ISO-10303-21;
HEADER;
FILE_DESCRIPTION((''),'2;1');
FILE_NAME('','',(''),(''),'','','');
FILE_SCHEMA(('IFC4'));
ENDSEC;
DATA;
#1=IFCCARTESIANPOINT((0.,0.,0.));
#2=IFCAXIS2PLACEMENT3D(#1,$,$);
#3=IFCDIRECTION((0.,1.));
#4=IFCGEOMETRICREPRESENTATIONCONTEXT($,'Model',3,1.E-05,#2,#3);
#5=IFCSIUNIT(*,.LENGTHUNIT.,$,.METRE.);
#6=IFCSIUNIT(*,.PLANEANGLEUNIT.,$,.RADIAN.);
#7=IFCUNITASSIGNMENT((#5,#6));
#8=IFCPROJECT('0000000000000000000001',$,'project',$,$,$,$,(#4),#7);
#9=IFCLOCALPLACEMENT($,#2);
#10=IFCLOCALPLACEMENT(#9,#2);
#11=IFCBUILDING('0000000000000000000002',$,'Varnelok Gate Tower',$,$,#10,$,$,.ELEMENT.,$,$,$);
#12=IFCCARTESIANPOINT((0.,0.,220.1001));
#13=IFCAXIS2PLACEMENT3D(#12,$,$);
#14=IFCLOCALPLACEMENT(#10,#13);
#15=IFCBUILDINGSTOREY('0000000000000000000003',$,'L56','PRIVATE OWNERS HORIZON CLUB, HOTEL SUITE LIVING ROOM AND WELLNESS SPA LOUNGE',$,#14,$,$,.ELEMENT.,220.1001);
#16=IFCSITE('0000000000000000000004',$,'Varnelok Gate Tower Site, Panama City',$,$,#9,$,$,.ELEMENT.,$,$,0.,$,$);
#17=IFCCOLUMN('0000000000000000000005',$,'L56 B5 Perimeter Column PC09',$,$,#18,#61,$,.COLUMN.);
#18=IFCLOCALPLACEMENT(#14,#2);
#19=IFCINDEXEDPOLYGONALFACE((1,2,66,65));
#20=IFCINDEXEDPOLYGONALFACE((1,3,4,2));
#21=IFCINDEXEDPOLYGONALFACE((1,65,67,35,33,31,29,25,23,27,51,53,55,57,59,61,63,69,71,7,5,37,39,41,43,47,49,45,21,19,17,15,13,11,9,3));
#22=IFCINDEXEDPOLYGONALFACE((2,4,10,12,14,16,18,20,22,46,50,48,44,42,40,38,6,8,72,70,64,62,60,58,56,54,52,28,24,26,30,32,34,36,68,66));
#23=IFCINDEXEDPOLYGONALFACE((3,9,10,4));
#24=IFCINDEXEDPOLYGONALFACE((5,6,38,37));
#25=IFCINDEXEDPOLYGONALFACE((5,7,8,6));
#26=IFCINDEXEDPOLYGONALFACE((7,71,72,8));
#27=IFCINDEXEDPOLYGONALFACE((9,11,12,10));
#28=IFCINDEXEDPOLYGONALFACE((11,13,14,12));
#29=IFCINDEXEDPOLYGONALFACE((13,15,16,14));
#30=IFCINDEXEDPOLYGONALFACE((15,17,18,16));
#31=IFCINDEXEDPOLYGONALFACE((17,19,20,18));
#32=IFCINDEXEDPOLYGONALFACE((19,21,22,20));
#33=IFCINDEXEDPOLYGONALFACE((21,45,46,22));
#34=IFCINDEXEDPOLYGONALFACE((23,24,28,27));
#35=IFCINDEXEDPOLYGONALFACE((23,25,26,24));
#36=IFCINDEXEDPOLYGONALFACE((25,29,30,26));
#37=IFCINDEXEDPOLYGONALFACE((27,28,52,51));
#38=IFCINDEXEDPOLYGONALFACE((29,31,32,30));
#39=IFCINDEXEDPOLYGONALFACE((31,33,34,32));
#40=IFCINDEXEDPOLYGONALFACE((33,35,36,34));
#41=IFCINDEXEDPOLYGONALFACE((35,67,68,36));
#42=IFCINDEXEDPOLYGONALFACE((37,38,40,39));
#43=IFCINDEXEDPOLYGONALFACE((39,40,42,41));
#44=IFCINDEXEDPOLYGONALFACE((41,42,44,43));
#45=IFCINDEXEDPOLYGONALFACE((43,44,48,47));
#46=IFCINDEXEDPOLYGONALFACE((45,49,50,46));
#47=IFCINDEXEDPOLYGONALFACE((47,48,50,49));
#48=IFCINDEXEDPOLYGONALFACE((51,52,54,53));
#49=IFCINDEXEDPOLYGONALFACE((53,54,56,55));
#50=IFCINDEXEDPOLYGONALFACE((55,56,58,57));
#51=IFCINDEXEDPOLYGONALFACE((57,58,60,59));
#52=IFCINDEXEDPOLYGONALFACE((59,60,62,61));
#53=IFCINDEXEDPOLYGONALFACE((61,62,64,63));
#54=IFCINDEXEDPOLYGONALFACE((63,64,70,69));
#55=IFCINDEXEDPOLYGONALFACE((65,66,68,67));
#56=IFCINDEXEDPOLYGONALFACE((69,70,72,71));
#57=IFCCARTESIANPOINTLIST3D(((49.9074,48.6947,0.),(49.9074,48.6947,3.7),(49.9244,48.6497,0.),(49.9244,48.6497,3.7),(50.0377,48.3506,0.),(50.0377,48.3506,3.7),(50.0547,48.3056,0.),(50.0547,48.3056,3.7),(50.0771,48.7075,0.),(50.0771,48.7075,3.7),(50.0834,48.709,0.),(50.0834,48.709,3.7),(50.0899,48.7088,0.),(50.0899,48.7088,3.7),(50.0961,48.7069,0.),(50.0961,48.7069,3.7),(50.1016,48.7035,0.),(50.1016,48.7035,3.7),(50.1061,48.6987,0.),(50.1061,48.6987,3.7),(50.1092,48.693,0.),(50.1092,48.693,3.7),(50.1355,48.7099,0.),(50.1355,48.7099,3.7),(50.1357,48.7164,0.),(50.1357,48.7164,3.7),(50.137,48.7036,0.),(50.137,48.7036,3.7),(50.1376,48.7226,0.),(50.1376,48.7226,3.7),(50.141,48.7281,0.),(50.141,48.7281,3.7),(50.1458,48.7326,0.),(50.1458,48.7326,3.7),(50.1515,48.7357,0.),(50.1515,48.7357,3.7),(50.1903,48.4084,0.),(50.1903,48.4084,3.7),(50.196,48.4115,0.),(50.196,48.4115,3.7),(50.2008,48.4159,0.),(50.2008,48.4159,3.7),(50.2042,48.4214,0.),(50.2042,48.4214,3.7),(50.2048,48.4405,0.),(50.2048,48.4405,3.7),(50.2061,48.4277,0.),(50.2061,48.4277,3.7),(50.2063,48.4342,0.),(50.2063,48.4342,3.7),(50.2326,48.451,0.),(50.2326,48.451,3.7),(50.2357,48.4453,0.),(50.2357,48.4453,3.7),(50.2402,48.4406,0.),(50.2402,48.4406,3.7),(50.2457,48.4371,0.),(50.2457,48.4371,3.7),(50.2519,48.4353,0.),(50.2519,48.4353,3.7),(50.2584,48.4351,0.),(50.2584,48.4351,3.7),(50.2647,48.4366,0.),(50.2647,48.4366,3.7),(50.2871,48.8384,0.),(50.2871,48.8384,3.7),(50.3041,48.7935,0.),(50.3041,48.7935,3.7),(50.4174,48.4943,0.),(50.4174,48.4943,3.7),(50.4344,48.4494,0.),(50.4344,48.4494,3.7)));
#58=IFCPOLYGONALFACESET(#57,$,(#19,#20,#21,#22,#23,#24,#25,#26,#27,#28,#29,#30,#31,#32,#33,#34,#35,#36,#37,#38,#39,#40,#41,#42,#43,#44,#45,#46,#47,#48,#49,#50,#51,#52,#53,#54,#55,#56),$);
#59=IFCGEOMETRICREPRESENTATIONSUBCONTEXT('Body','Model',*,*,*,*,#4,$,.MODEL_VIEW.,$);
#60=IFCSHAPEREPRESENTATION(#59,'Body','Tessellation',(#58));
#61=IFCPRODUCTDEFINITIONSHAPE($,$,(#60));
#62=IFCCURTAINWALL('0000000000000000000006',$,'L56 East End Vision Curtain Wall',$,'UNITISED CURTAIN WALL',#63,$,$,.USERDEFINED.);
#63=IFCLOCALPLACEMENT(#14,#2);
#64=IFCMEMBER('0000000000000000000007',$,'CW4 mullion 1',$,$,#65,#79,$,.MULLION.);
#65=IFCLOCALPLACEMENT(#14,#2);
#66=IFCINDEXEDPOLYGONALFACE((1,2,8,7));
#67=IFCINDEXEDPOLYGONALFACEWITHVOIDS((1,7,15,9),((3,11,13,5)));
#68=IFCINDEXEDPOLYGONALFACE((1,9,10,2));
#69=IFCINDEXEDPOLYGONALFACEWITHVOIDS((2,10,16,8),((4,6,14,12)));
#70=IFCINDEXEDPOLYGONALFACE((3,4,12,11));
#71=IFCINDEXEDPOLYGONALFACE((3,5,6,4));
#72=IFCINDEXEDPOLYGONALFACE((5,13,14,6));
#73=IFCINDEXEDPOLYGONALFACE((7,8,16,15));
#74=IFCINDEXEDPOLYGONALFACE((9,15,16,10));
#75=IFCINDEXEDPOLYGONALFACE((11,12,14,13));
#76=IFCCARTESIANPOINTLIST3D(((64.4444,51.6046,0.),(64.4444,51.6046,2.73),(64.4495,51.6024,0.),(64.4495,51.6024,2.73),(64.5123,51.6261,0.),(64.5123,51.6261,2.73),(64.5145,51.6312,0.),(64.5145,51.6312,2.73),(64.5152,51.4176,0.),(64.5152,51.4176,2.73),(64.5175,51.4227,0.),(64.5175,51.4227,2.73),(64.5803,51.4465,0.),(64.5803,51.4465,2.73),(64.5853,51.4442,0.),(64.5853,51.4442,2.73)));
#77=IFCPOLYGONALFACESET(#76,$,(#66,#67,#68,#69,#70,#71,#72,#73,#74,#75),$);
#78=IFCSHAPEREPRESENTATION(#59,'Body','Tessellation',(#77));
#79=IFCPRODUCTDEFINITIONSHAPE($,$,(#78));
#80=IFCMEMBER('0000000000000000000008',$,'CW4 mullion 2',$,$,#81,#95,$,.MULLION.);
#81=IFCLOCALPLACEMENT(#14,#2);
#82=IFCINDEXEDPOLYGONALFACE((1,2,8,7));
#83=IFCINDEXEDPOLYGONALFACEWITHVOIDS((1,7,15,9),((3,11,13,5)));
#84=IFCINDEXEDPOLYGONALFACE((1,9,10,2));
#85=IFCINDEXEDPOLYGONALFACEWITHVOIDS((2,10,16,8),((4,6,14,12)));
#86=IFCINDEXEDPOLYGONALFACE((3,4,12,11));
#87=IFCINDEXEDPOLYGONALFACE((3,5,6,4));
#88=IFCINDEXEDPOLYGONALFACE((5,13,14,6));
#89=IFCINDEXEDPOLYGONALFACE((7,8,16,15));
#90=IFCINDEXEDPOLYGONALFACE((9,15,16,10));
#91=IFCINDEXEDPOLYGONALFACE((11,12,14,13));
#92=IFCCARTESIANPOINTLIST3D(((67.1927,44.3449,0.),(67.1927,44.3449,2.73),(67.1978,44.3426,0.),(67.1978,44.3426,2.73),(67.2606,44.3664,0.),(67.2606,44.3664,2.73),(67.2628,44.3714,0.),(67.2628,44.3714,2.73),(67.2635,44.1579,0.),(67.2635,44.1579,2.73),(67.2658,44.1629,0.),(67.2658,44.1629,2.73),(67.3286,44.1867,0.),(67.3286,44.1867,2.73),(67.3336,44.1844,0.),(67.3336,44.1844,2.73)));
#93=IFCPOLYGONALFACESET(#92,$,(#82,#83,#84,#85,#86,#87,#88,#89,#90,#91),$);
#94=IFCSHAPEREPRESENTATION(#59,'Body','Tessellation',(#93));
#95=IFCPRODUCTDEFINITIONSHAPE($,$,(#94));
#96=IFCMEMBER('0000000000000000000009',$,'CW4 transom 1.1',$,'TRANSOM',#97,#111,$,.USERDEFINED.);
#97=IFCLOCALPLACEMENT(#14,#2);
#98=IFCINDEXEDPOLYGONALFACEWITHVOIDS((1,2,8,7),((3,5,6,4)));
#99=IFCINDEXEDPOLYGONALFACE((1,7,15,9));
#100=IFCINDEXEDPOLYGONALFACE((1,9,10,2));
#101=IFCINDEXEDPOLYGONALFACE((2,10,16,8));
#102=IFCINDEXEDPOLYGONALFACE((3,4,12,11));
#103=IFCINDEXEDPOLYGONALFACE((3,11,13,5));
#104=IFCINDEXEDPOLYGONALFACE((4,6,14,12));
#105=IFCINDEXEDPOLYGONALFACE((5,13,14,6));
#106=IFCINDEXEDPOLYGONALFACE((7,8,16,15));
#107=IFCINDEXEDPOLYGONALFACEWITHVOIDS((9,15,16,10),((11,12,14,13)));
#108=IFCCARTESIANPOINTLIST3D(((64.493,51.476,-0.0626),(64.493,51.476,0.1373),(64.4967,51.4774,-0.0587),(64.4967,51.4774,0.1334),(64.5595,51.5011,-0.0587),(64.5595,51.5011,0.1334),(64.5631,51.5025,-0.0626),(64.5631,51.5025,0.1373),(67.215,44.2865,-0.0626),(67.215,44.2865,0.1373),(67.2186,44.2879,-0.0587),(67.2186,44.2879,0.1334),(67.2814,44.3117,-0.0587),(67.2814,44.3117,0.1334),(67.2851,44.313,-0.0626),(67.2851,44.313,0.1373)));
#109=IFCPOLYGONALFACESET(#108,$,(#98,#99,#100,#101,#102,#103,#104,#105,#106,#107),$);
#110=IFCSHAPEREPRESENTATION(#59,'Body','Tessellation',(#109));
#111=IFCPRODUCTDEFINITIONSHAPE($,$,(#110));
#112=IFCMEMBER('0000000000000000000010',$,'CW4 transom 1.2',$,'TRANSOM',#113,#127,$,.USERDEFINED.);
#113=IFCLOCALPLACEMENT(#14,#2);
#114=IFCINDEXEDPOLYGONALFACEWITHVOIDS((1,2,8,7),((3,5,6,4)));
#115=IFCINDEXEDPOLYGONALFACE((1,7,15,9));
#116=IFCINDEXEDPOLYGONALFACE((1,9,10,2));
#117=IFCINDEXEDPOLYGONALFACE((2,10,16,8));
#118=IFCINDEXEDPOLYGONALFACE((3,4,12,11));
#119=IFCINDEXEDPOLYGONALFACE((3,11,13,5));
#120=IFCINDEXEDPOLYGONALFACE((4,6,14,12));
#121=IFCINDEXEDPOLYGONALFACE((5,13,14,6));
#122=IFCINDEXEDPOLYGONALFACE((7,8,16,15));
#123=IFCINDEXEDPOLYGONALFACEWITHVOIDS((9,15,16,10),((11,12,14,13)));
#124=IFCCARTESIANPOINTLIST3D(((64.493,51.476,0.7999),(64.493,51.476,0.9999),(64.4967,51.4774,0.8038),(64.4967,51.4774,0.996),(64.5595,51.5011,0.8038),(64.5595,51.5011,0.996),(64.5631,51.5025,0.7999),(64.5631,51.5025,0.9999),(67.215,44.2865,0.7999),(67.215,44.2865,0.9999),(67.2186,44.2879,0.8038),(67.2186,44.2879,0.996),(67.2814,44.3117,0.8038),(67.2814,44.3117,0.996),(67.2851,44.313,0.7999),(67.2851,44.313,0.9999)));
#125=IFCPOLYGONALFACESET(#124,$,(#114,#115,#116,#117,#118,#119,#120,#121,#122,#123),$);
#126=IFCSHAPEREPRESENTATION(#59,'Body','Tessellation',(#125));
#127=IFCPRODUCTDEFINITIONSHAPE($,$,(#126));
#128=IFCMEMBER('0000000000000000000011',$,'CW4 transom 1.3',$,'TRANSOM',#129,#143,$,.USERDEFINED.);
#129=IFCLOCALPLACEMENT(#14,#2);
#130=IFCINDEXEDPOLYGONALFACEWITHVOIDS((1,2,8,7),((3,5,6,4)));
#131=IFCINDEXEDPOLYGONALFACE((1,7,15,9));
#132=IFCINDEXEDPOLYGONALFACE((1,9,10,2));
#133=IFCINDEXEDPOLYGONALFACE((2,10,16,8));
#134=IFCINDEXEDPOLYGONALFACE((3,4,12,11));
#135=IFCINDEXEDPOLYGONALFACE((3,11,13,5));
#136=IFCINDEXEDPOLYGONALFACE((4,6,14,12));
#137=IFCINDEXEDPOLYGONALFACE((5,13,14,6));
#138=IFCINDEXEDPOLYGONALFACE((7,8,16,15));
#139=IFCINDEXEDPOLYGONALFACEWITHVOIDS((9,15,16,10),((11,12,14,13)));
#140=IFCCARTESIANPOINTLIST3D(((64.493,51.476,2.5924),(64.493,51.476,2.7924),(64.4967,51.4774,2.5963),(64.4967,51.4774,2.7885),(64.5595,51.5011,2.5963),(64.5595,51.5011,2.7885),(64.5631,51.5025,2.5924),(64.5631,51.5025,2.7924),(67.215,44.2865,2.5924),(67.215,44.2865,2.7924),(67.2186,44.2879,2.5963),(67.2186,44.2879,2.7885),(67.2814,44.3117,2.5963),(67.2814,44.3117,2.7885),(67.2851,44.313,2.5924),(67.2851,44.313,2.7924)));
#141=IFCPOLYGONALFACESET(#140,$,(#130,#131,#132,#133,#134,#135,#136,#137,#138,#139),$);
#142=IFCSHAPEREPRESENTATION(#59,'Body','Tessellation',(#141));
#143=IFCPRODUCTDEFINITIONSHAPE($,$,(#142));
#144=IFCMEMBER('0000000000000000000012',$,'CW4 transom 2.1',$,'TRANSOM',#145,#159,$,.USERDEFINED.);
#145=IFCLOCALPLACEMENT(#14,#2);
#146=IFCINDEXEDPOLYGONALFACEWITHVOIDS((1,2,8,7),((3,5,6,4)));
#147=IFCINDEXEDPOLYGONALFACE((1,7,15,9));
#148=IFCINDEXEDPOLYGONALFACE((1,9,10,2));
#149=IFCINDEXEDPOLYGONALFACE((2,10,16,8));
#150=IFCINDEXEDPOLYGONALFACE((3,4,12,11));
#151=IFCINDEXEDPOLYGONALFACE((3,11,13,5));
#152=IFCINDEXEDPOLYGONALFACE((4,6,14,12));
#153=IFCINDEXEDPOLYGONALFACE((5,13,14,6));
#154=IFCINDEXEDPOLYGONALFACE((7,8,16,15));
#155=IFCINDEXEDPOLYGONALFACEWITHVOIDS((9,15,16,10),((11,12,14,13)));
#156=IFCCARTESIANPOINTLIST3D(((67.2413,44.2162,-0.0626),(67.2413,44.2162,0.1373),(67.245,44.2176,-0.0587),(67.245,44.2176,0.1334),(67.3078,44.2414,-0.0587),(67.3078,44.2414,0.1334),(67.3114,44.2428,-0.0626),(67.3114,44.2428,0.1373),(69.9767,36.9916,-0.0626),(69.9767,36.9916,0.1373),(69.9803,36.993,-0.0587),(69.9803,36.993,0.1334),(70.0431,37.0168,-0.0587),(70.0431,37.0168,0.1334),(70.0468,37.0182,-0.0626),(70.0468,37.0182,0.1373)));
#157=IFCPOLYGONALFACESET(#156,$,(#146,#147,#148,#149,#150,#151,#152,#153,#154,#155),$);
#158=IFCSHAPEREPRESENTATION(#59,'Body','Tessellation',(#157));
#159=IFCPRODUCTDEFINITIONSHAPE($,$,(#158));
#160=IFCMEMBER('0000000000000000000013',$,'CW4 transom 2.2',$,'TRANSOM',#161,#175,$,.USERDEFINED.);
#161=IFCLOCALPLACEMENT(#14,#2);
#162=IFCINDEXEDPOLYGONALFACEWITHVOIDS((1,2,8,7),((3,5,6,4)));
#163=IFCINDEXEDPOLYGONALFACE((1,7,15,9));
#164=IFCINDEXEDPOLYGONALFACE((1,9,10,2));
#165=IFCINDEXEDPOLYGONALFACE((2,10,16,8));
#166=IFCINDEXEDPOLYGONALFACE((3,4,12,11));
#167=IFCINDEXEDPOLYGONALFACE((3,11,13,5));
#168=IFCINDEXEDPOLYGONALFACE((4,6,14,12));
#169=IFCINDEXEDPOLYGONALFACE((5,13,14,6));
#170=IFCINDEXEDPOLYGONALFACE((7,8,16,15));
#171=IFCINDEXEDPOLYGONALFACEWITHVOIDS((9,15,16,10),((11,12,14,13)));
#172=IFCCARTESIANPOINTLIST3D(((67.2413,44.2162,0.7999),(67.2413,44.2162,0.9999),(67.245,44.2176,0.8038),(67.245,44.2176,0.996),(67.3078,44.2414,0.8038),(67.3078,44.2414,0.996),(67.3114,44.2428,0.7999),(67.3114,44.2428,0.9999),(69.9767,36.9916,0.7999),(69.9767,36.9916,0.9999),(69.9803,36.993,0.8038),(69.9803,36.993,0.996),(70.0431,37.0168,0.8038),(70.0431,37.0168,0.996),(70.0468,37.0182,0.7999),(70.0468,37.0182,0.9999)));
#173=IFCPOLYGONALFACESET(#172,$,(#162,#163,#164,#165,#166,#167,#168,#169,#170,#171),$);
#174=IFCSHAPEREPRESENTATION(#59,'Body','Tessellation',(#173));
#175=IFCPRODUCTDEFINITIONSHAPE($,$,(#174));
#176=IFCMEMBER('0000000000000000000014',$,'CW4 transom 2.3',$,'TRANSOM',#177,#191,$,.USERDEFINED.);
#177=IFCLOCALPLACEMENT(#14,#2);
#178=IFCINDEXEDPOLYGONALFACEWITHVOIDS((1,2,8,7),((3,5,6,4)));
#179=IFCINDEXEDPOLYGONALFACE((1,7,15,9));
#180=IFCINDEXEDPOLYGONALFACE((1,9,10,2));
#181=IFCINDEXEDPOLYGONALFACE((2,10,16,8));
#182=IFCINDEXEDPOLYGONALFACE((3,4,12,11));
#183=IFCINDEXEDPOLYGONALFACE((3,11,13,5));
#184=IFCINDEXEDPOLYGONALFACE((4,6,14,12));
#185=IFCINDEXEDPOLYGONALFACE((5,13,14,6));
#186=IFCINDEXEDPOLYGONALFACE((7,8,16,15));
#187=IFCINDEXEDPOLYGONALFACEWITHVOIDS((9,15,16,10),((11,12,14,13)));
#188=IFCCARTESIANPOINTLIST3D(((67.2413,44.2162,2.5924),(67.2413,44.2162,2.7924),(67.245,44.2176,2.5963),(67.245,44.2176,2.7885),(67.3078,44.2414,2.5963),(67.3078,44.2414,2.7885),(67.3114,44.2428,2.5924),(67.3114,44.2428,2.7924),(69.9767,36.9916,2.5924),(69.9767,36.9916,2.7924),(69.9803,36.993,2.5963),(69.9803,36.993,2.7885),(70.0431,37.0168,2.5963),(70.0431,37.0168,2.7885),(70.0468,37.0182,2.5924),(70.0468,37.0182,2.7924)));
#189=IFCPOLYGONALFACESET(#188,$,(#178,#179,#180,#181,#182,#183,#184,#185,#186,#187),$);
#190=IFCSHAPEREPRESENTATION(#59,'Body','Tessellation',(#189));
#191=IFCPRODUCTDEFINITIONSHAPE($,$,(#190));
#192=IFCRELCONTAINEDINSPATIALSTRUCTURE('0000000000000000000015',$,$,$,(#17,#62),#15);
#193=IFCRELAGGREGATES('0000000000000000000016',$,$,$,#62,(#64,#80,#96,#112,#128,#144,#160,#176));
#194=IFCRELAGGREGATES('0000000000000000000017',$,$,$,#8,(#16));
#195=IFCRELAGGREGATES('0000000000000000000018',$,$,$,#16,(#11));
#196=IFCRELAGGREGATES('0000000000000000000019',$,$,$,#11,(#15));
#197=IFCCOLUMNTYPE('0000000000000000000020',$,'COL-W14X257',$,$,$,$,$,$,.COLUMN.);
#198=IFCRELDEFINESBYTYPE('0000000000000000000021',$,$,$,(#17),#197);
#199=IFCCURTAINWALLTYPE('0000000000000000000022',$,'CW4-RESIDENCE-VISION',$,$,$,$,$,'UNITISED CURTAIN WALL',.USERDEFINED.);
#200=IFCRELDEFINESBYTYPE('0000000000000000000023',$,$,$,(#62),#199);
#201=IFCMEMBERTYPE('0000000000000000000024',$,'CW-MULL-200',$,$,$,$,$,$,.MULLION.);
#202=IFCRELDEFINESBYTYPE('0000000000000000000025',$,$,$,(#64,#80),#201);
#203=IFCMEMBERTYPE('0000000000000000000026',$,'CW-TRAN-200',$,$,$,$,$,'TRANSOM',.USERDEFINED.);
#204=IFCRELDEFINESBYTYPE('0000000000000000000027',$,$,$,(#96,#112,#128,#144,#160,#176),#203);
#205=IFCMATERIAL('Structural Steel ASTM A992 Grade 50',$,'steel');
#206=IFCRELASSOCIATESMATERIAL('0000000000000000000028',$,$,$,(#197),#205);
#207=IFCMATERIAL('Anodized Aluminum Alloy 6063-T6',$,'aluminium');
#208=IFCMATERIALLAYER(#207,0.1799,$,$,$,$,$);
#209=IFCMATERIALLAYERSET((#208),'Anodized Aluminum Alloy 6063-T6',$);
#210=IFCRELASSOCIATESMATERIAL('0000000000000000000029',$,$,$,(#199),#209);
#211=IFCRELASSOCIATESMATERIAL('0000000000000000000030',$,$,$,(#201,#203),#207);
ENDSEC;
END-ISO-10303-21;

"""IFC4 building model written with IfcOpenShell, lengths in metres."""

from ifc_helpers import new_model, si_unit, direction, frame, origin, origin_2d, place, context, subcontext, project, spatial, hollow_rectangle, i_section, extrude, material, layer, layer_set, material_profile, profile_set, type_object, element, aggregate, save


model = new_model("IFC4")

# Units and contexts
model_context = context("Model", 3, precision=1e-05, world=origin(), true_north=direction((0.0, 1.0)))
body_context = subcontext(model_context, "Body", "Model", "MODEL_VIEW")
ifc_project = project(units=[si_unit("LENGTHUNIT", "METRE"), si_unit("PLANEANGLEUNIT", "RADIAN")], contexts=[model_context])

# Site, building, storey
site_placement = place(None, origin())
site = spatial("IfcSite", under=ifc_project, at=site_placement, Name="Varnelok Gate Tower Site, Panama City", CompositionType="ELEMENT", RefElevation=0.0)
building_placement = place(site_placement, origin())
building = spatial("IfcBuilding", under=site, at=building_placement, Name="Varnelok Gate Tower", CompositionType="ELEMENT")
storey_placement = place(building_placement, frame((0.0, 0.0, 220.1001)))
storey = spatial("IfcBuildingStorey", under=building, at=storey_placement, Name="L56", Description="PRIVATE OWNERS HORIZON CLUB, HOTEL SUITE LIVING ROOM AND WELLNESS SPA LOUNGE", CompositionType="ELEMENT", Elevation=220.1001)

# Column
ifc_material_1 = material(Name="Structural Steel ASTM A992 Grade 50", Category="steel")
ifc_material_profile_1 = material_profile(ifc_material_1, i_section(OverallWidth=0.406, OverallDepth=0.416, WebThickness=0.0298, FlangeThickness=0.0481, FilletRadius=0.0249, at=origin_2d()), Name="W14X257")
ifc_profile_set_1 = profile_set([ifc_material_profile_1], Name="Structural Steel ASTM A992 Grade 50")
column_type = type_object("IfcColumnType", Name="COL-W14X257", PredefinedType="COLUMN", material=ifc_profile_set_1)
column_placement = place(storey_placement, frame((50.1709, 48.572, 0.0), z_axis=(0.0, 0.0, 1.0), x_axis=(0.935222, 0.354063, 0.0)))
element("IfcColumn", 1, at=column_placement, inside=storey, type_object=column_type, Name="L56 B5 Perimeter Column PC09", PredefinedType="COLUMN", context=body_context, shape_type="SweptSolid", body=[
    extrude(i_section(OverallWidth=0.406, OverallDepth=0.416, WebThickness=0.0298, FlangeThickness=0.0481, FilletRadius=0.0249, at=origin_2d()), origin(), (0.0, 0.0, 1.0), 3.7),
])

# Curtain wall, members
ifc_material_2 = material(Name="Anodized Aluminum Alloy 6063-T6", Category="aluminium")
ifc_layer_1 = layer(ifc_material_2, 0.1799)
ifc_layer_set_1 = layer_set([ifc_layer_1], Name="Anodized Aluminum Alloy 6063-T6")
curtain_wall_type = type_object("IfcCurtainWallType", Name="CW4-RESIDENCE-VISION", ElementType="UNITISED CURTAIN WALL", PredefinedType="USERDEFINED", material=ifc_layer_set_1)
curtain_wall_placement = place(storey_placement, origin())
curtain_wall = element("IfcCurtainWall", 2, at=curtain_wall_placement, inside=storey, type_object=curtain_wall_type, Name="L56 East End Vision Curtain Wall", ObjectType="UNITISED CURTAIN WALL", PredefinedType="USERDEFINED")
ifc_material_profile_2 = material_profile(ifc_material_2, hollow_rectangle(XDim=0.075, YDim=0.2, WallThickness=0.0039, at=origin_2d()), Name="ALU200X75X4")
ifc_profile_set_2 = profile_set([ifc_material_profile_2], Name="Anodized Aluminum Alloy 6063-T6")
member_type_1 = type_object("IfcMemberType", Name="CW-MULL-200", PredefinedType="MULLION", material=ifc_profile_set_2)
member_1_placement = place(storey_placement, frame((64.5149, 51.5244, 0.0), z_axis=(0.0, 0.0, 1.0), x_axis=(0.935222, 0.354063, 0.0)))
member_1 = element("IfcMember", 3, at=member_1_placement, type_object=member_type_1, Name="CW4 mullion 1", PredefinedType="MULLION", context=body_context, shape_type="SweptSolid", body=[
    extrude(hollow_rectangle(XDim=0.075, YDim=0.2, WallThickness=0.0039, at=origin_2d()), origin(), (0.0, 0.0, 1.0), 2.73),
])
member_2_placement = place(storey_placement, frame((67.2632, 44.2646, 0.0), z_axis=(0.0, 0.0, 1.0), x_axis=(0.935222, 0.354063, 0.0)))
member_2 = element("IfcMember", 4, at=member_2_placement, type_object=member_type_1, Name="CW4 mullion 2", PredefinedType="MULLION", context=body_context, shape_type="SweptSolid", body=[
    extrude(hollow_rectangle(XDim=0.075, YDim=0.2, WallThickness=0.0039, at=origin_2d()), origin(), (0.0, 0.0, 1.0), 2.73),
])
ifc_material_profile_3 = material_profile(ifc_material_2, hollow_rectangle(XDim=0.075, YDim=0.2, WallThickness=0.0039, at=origin_2d()), Name="ALU200X75X4")
ifc_profile_set_3 = profile_set([ifc_material_profile_3], Name="Anodized Aluminum Alloy 6063-T6")
member_type_2 = type_object("IfcMemberType", Name="CW-TRAN-200", ElementType="TRANSOM", PredefinedType="USERDEFINED", material=ifc_profile_set_3)
member_3_placement = place(storey_placement, frame((64.5281, 51.4893, 0.0374), z_axis=(0.354073, -0.935218, 0.0), x_axis=(0.935218, 0.354073, 0.0)))
member_3 = element("IfcMember", 5, at=member_3_placement, type_object=member_type_2, Name="CW4 transom 1.1", ObjectType="TRANSOM", PredefinedType="USERDEFINED", context=body_context, shape_type="SweptSolid", body=[
    extrude(hollow_rectangle(XDim=0.075, YDim=0.2, WallThickness=0.0039, at=origin_2d()), origin(), (0.0, 0.0, 1.0), 7.6875),
])
member_4_placement = place(storey_placement, frame((64.5281, 51.4893, 0.8999), z_axis=(0.354073, -0.935218, 0.0), x_axis=(0.935218, 0.354073, 0.0)))
member_4 = element("IfcMember", 6, at=member_4_placement, type_object=member_type_2, Name="CW4 transom 1.2", ObjectType="TRANSOM", PredefinedType="USERDEFINED", context=body_context, shape_type="SweptSolid", body=[
    extrude(hollow_rectangle(XDim=0.075, YDim=0.2, WallThickness=0.0039, at=origin_2d()), origin(), (0.0, 0.0, 1.0), 7.6875),
])
member_5_placement = place(storey_placement, frame((64.5281, 51.4893, 2.6924), z_axis=(0.354073, -0.935218, 0.0), x_axis=(0.935218, 0.354073, 0.0)))
member_5 = element("IfcMember", 7, at=member_5_placement, type_object=member_type_2, Name="CW4 transom 1.3", ObjectType="TRANSOM", PredefinedType="USERDEFINED", context=body_context, shape_type="SweptSolid", body=[
    extrude(hollow_rectangle(XDim=0.075, YDim=0.2, WallThickness=0.0039, at=origin_2d()), origin(), (0.0, 0.0, 1.0), 7.6875),
])
member_6_placement = place(storey_placement, frame((67.2764, 44.2295, 0.0374), z_axis=(0.354086, -0.935213, 0.0), x_axis=(0.935213, 0.354086, 0.0)))
member_6 = element("IfcMember", 8, at=member_6_placement, type_object=member_type_2, Name="CW4 transom 2.1", ObjectType="TRANSOM", PredefinedType="USERDEFINED", context=body_context, shape_type="SweptSolid", body=[
    extrude(hollow_rectangle(XDim=0.075, YDim=0.2, WallThickness=0.0039, at=origin_2d()), origin(), (0.0, 0.0, 1.0), 7.7251),
])
member_7_placement = place(storey_placement, frame((67.2764, 44.2295, 0.8999), z_axis=(0.354086, -0.935213, 0.0), x_axis=(0.935213, 0.354086, 0.0)))
member_7 = element("IfcMember", 9, at=member_7_placement, type_object=member_type_2, Name="CW4 transom 2.2", ObjectType="TRANSOM", PredefinedType="USERDEFINED", context=body_context, shape_type="SweptSolid", body=[
    extrude(hollow_rectangle(XDim=0.075, YDim=0.2, WallThickness=0.0039, at=origin_2d()), origin(), (0.0, 0.0, 1.0), 7.7251),
])
member_8_placement = place(storey_placement, frame((67.2764, 44.2295, 2.6924), z_axis=(0.354086, -0.935213, 0.0), x_axis=(0.935213, 0.354086, 0.0)))
member_8 = element("IfcMember", 10, at=member_8_placement, type_object=member_type_2, Name="CW4 transom 2.3", ObjectType="TRANSOM", PredefinedType="USERDEFINED", context=body_context, shape_type="SweptSolid", body=[
    extrude(hollow_rectangle(XDim=0.075, YDim=0.2, WallThickness=0.0039, at=origin_2d()), origin(), (0.0, 0.0, 1.0), 7.7251),
])
aggregate(curtain_wall, [member_1, member_2, member_3, member_4, member_5, member_6, member_7, member_8])

save(model, "model.ifc")
